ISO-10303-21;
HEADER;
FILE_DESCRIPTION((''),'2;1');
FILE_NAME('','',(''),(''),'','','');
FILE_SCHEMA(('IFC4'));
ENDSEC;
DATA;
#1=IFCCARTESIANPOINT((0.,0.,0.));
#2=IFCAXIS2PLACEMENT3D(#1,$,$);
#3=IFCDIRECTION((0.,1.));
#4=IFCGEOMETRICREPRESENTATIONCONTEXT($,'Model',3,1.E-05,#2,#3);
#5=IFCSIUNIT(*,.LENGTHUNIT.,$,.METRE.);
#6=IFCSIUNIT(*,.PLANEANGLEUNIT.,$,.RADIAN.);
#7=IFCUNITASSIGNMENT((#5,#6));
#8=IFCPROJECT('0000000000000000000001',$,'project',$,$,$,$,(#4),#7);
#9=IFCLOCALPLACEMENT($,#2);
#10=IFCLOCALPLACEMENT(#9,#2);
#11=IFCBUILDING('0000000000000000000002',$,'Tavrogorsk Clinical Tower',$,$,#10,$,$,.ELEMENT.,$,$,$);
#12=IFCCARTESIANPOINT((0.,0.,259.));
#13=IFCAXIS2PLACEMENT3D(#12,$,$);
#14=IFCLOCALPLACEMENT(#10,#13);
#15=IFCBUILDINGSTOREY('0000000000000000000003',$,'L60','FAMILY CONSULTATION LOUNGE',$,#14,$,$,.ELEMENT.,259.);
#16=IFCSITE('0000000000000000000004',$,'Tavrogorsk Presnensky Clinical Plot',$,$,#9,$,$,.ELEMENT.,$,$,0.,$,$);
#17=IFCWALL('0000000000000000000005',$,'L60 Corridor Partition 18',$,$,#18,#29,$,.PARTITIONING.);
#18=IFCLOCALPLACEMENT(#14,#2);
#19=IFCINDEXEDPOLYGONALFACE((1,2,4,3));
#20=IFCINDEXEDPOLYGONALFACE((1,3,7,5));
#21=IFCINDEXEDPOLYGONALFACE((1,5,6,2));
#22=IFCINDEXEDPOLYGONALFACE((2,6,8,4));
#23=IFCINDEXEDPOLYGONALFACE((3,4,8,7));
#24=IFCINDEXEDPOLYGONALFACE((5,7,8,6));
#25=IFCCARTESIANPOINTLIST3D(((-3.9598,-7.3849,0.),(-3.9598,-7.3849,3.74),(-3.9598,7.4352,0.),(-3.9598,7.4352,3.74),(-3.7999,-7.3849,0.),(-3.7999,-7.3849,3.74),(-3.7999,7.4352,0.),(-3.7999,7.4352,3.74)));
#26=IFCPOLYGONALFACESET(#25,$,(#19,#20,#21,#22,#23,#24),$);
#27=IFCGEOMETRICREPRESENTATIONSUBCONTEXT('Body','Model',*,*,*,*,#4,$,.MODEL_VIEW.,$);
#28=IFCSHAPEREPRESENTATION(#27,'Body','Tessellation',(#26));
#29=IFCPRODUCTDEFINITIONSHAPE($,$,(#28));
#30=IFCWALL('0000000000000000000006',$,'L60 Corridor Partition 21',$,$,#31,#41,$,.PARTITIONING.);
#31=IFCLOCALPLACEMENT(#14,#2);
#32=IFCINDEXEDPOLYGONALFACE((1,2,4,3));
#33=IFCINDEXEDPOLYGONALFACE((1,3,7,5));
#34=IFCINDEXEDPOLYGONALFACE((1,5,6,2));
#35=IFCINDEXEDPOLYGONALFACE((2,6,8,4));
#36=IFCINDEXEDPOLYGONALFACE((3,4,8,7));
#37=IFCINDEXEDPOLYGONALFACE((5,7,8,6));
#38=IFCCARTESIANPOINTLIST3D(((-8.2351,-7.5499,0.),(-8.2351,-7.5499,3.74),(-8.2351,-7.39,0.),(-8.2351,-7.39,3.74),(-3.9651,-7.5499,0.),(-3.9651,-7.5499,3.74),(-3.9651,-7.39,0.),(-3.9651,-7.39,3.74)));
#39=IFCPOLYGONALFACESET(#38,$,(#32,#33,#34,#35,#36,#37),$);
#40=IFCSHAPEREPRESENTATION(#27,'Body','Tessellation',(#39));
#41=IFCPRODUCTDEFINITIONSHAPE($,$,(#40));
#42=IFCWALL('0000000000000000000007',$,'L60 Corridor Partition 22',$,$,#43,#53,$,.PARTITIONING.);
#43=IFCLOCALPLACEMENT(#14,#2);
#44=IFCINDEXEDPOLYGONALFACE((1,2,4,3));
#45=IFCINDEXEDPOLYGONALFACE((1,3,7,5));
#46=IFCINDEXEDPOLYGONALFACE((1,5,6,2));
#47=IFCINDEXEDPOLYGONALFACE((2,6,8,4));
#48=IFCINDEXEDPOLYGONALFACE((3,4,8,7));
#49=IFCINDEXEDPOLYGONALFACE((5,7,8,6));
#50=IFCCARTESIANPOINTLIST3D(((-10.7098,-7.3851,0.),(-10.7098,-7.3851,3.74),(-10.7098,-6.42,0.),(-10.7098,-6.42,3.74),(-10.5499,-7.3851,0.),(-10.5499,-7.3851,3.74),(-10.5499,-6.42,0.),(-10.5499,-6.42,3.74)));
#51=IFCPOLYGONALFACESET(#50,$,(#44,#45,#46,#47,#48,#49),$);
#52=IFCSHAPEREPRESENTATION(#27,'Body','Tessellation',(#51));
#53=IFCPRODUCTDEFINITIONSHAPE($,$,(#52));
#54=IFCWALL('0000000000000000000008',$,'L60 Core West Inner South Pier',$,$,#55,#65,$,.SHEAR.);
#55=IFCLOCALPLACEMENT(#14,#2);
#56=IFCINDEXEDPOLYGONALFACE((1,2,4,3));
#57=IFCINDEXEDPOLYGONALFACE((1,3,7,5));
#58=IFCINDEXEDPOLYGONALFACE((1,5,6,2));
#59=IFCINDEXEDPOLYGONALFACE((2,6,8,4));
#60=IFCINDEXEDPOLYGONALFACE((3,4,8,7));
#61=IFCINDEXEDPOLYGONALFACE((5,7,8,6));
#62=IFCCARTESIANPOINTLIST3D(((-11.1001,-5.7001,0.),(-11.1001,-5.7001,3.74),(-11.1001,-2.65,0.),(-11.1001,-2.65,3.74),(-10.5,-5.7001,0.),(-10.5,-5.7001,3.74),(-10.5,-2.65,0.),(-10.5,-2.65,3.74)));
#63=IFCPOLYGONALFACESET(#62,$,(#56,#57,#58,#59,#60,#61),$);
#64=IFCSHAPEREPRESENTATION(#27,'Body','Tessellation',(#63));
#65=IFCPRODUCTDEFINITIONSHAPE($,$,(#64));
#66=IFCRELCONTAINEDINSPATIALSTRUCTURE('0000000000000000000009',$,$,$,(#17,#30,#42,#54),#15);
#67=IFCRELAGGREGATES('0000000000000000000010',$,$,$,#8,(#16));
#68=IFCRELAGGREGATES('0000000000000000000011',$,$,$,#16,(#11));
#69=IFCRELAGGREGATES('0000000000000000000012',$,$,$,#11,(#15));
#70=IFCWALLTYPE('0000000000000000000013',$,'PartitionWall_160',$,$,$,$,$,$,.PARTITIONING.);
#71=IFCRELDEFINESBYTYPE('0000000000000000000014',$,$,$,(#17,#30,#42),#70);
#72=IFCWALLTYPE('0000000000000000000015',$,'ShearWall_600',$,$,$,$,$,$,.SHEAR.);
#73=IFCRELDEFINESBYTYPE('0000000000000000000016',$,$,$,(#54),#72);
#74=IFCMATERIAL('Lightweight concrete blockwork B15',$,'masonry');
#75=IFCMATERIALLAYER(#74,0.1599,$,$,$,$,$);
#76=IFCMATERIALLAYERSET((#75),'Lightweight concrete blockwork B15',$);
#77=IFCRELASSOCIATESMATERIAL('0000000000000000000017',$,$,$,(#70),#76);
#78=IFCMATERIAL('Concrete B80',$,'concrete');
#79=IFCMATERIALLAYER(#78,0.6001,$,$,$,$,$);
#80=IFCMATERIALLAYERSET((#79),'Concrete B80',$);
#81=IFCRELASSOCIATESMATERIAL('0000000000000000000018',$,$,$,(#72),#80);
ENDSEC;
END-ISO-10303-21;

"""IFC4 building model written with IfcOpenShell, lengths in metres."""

from ifc_helpers import new_model, si_unit, direction, frame, frame_2d, origin, place, context, subcontext, project, spatial, rectangle, extrude, material, layer, layer_set, type_object, element, save


model = new_model("IFC4")

# Units and contexts
model_context = context("Model", 3, precision=1e-05, world=origin(), true_north=direction((0.0, 1.0)))
body_context = subcontext(model_context, "Body", "Model", "MODEL_VIEW")
ifc_project = project(units=[si_unit("LENGTHUNIT", "METRE"), si_unit("PLANEANGLEUNIT", "RADIAN")], contexts=[model_context])

# Site, building, storey
site_placement = place(None, origin())
site = spatial("IfcSite", under=ifc_project, at=site_placement, Name="Tavrogorsk Presnensky Clinical Plot", CompositionType="ELEMENT", RefElevation=0.0)
building_placement = place(site_placement, origin())
building = spatial("IfcBuilding", under=site, at=building_placement, Name="Tavrogorsk Clinical Tower", CompositionType="ELEMENT")
storey_placement = place(building_placement, frame((0.0, 0.0, 259.0)))
storey = spatial("IfcBuildingStorey", under=building, at=storey_placement, Name="L60", Description="FAMILY CONSULTATION LOUNGE", CompositionType="ELEMENT", Elevation=259.0)

# Shared definitions
ifc_material_1 = material(Name="Lightweight concrete blockwork B15", Category="masonry")
ifc_layer_1 = layer(ifc_material_1, 0.1599)
ifc_layer_set_1 = layer_set([ifc_layer_1], Name="Lightweight concrete blockwork B15")
wall_type_1 = type_object("IfcWallType", Name="PartitionWall_160", PredefinedType="PARTITIONING", material=ifc_layer_set_1)

# Walls
wall_1_placement = place(storey_placement, frame((-3.8799, -7.385, 0.0), z_axis=(0.0, 0.0, 1.0), x_axis=(0.0, 1.0, 0.0)))
element("IfcWall", 1, at=wall_1_placement, inside=storey, type_object=wall_type_1, Name="L60 Corridor Partition 18", PredefinedType="PARTITIONING", context=body_context, shape_type="SweptSolid", body=[
    extrude(rectangle(XDim=14.8201, YDim=0.1599, at=frame_2d((7.4102, 0.0))), origin(), (0.0, 0.0, 1.0), 3.74),
])
wall_2_placement = place(storey_placement, frame((-8.2351, -7.47, 0.0), z_axis=(0.0, 0.0, 1.0), x_axis=(1.0, 0.0, 0.0)))
element("IfcWall", 2, at=wall_2_placement, inside=storey, type_object=wall_type_1, Name="L60 Corridor Partition 21", PredefinedType="PARTITIONING", context=body_context, shape_type="SweptSolid", body=[
    extrude(rectangle(XDim=4.27, YDim=0.1599, at=frame_2d((2.135, 0.0))), origin(), (0.0, 0.0, 1.0), 3.74),
])
wall_3_placement = place(storey_placement, frame((-10.6299, -7.385, 0.0), z_axis=(0.0, 0.0, 1.0), x_axis=(0.0, 1.0, 0.0)))
element("IfcWall", 3, at=wall_3_placement, inside=storey, type_object=wall_type_1, Name="L60 Corridor Partition 22", PredefinedType="PARTITIONING", context=body_context, shape_type="SweptSolid", body=[
    extrude(rectangle(XDim=0.9651, YDim=0.1599, at=frame_2d((0.4824, 0.0))), origin(), (0.0, 0.0, 1.0), 3.74),
])
ifc_material_2 = material(Name="Concrete B80", Category="concrete")
ifc_layer_2 = layer(ifc_material_2, 0.6001)
ifc_layer_set_2 = layer_set([ifc_layer_2], Name="Concrete B80")
wall_type_2 = type_object("IfcWallType", Name="ShearWall_600", PredefinedType="SHEAR", material=ifc_layer_set_2)
wall_4_placement = place(storey_placement, frame((-10.8, -5.7, 0.0), z_axis=(0.0, 0.0, 1.0), x_axis=(0.0, 1.0, 0.0)))
element("IfcWall", 4, at=wall_4_placement, inside=storey, type_object=wall_type_2, Name="L60 Core West Inner South Pier", PredefinedType="SHEAR", context=body_context, shape_type="SweptSolid", body=[
    extrude(rectangle(XDim=3.05, YDim=0.6001, at=frame_2d((1.5249, 0.0))), origin(), (0.0, 0.0, 1.0), 3.74),
])

save(model, "model.ifc")
